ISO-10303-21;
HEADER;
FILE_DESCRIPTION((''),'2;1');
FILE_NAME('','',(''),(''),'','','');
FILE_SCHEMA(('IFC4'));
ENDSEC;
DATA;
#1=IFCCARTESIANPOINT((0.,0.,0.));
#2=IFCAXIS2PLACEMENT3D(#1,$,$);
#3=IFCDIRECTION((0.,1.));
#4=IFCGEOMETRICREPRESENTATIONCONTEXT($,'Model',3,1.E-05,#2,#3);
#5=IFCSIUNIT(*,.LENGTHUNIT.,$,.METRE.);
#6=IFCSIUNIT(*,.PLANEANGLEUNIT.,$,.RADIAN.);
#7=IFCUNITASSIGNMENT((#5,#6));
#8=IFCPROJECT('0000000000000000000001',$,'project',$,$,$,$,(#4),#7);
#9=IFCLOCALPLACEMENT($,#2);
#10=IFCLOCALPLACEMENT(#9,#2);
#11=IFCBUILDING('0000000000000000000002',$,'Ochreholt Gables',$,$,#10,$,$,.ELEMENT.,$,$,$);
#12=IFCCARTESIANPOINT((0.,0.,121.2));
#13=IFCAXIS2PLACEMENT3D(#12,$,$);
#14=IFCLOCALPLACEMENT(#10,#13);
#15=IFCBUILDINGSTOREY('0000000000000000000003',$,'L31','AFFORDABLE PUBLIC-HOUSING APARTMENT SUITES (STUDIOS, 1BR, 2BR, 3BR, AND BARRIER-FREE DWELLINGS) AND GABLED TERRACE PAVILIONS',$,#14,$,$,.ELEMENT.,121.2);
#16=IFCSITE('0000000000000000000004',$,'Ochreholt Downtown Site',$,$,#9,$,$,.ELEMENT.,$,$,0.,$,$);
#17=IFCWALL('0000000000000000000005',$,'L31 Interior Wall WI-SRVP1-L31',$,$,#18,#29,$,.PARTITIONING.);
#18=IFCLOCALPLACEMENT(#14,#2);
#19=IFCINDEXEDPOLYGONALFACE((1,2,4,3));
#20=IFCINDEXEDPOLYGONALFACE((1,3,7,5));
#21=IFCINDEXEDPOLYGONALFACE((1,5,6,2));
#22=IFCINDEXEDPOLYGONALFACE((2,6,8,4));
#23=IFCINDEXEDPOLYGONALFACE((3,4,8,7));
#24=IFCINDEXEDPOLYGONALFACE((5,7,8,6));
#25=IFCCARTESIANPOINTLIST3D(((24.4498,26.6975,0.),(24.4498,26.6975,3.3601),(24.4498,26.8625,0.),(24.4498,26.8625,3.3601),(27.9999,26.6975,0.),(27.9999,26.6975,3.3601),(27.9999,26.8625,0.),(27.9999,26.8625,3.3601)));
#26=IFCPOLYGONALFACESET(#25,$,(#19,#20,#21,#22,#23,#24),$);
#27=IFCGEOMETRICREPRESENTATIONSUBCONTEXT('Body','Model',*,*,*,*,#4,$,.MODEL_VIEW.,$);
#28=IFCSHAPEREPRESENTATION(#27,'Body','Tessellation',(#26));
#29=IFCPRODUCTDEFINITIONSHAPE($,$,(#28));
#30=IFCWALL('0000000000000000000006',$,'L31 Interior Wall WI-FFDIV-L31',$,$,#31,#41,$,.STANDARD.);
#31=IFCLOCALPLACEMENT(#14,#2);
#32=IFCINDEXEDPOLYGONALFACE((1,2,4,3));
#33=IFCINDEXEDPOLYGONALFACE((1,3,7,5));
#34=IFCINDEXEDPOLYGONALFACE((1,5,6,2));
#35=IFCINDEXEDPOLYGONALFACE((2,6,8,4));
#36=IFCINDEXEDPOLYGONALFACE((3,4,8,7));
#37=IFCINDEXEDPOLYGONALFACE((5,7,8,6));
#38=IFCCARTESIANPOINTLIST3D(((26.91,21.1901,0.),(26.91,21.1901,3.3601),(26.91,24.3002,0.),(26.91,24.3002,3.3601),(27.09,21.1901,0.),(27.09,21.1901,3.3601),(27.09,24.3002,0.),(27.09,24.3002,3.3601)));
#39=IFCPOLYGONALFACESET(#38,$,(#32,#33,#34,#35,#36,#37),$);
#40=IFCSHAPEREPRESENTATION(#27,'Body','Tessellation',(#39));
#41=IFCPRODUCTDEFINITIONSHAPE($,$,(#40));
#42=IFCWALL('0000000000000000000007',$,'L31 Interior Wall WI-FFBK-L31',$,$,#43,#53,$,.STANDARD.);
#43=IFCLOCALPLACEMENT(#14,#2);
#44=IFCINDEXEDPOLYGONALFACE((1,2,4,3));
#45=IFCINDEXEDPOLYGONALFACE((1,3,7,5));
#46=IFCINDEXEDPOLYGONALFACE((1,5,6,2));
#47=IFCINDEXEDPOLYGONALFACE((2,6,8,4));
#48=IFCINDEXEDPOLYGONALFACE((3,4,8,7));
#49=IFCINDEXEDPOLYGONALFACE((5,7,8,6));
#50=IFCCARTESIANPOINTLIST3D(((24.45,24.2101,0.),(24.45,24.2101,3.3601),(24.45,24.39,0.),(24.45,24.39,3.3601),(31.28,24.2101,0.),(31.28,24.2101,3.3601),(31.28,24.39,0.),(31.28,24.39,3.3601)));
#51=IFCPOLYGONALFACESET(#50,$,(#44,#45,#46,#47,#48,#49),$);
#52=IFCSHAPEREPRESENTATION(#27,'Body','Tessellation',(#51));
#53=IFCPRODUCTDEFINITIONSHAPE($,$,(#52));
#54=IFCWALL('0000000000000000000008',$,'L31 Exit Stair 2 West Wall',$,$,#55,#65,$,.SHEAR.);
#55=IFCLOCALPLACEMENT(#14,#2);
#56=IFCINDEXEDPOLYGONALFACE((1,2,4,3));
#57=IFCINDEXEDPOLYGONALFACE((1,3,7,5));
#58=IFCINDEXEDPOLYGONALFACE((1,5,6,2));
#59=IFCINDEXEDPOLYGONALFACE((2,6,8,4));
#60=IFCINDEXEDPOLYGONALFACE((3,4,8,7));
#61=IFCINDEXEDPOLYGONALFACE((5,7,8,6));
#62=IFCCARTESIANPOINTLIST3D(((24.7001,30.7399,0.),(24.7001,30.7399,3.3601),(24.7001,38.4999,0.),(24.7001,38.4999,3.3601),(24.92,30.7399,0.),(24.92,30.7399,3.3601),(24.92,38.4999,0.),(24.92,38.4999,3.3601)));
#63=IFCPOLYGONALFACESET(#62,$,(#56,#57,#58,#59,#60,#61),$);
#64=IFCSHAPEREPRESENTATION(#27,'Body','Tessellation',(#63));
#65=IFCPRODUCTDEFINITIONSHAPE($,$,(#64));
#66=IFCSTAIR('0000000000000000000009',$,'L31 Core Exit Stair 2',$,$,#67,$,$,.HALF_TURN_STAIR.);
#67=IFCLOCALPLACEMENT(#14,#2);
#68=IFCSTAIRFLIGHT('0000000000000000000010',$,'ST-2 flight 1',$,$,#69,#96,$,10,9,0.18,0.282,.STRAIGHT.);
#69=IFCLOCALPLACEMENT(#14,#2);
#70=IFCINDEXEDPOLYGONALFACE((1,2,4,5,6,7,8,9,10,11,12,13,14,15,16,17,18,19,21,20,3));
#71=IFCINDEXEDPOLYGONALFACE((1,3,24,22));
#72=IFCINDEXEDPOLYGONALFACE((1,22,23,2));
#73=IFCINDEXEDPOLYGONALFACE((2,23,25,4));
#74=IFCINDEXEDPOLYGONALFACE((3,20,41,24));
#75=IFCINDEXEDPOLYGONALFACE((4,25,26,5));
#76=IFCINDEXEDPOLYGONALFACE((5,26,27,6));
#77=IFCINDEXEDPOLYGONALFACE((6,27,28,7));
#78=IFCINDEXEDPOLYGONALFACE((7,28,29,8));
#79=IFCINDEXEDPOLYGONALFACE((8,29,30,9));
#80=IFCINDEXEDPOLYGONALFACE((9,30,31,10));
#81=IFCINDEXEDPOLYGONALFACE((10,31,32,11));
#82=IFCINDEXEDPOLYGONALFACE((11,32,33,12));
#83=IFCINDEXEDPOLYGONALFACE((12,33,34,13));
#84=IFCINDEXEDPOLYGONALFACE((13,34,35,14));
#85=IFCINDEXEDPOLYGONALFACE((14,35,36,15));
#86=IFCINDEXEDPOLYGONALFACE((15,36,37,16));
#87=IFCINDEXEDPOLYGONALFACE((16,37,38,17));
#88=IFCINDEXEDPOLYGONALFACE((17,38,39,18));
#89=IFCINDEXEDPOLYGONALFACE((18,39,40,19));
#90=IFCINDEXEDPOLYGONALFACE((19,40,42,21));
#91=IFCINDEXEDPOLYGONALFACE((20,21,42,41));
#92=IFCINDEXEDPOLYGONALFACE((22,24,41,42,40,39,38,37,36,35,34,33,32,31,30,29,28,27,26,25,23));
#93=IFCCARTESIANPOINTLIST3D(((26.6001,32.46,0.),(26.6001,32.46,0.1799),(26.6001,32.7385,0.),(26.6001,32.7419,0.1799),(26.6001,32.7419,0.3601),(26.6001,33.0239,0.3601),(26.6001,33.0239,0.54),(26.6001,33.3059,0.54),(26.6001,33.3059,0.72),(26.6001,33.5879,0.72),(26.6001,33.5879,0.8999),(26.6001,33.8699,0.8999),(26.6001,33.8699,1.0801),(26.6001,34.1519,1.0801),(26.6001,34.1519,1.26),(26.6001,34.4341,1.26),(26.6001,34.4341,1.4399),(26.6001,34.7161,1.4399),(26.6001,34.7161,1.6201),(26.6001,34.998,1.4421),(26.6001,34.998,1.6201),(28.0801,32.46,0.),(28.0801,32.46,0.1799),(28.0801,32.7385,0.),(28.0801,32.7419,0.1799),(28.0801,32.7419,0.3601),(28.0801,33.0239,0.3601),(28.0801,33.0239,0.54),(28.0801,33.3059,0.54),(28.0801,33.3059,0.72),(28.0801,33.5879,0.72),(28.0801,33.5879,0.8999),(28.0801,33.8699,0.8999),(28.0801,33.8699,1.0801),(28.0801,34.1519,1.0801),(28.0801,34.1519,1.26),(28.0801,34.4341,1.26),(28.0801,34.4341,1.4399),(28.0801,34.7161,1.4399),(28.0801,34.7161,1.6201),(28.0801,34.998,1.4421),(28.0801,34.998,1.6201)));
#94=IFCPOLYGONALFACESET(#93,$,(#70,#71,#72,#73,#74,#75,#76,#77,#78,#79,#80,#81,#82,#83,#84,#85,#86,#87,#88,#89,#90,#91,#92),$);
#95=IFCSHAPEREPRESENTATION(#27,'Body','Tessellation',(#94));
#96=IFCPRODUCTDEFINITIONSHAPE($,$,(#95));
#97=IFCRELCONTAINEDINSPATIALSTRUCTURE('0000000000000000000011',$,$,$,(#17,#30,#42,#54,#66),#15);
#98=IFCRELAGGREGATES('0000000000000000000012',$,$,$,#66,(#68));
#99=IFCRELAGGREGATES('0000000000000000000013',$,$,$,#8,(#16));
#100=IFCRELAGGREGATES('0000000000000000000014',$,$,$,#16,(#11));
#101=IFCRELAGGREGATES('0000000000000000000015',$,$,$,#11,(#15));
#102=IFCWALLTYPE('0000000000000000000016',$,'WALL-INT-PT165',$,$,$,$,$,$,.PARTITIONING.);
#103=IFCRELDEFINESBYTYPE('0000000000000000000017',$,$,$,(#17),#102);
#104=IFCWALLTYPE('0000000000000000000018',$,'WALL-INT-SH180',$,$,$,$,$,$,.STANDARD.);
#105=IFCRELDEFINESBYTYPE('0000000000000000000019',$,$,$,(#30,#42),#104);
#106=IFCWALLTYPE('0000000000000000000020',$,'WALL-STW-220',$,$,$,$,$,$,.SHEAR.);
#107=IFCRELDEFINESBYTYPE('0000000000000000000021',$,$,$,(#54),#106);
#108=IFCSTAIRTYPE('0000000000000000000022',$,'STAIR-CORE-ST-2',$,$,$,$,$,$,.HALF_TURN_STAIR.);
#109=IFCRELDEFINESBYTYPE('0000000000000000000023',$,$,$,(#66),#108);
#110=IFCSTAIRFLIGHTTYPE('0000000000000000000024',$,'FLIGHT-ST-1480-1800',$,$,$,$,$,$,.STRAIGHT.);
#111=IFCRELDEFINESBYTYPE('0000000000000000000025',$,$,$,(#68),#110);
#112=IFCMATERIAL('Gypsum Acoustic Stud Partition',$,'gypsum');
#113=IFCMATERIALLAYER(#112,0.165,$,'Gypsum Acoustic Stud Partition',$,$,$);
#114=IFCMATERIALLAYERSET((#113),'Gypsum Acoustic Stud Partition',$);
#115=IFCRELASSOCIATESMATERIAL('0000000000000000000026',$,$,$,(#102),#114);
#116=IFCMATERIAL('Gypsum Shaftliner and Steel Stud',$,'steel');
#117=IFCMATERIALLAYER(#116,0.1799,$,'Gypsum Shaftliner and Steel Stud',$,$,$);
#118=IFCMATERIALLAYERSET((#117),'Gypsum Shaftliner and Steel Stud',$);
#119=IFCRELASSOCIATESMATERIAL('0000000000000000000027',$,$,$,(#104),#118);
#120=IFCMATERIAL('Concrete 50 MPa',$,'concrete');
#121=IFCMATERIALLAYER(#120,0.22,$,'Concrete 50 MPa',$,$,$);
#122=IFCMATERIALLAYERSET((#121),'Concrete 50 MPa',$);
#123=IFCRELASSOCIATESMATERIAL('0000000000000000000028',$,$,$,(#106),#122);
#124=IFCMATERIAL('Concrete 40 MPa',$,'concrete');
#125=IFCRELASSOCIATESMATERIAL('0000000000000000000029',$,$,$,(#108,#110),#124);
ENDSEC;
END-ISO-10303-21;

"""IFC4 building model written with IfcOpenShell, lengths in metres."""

from ifc_helpers import new_model, si_unit, direction, frame, frame_2d, origin, place, context, subcontext, project, spatial, polyline, rectangle, outline, extrude, material, layer, layer_set, type_object, element, aggregate, save


model = new_model("IFC4")

# Units and contexts
model_context = context("Model", 3, precision=1e-05, world=origin(), true_north=direction((0.0, 1.0)))
body_context = subcontext(model_context, "Body", "Model", "MODEL_VIEW")
ifc_project = project(units=[si_unit("LENGTHUNIT", "METRE"), si_unit("PLANEANGLEUNIT", "RADIAN")], contexts=[model_context])

# Site, building, storey
site_placement = place(None, origin())
site = spatial("IfcSite", under=ifc_project, at=site_placement, Name="Ochreholt Downtown Site", CompositionType="ELEMENT", RefElevation=0.0)
building_placement = place(site_placement, origin())
building = spatial("IfcBuilding", under=site, at=building_placement, Name="Ochreholt Gables", CompositionType="ELEMENT")
storey_placement = place(building_placement, frame((0.0, 0.0, 121.2)))
storey = spatial("IfcBuildingStorey", under=building, at=storey_placement, Name="L31", Description="AFFORDABLE PUBLIC-HOUSING APARTMENT SUITES (STUDIOS, 1BR, 2BR, 3BR, AND BARRIER-FREE DWELLINGS) AND GABLED TERRACE PAVILIONS", CompositionType="ELEMENT", Elevation=121.2)

# Shared definitions
ifc_material_1 = material(Name="Concrete 40 MPa", Category="concrete")

# Walls
ifc_material_2 = material(Name="Gypsum Acoustic Stud Partition", Category="gypsum")
ifc_layer_1 = layer(ifc_material_2, 0.165, Name="Gypsum Acoustic Stud Partition")
ifc_layer_set_1 = layer_set([ifc_layer_1], Name="Gypsum Acoustic Stud Partition")
wall_type_1 = type_object("IfcWallType", Name="WALL-INT-PT165", PredefinedType="PARTITIONING", material=ifc_layer_set_1)
wall_1_placement = place(storey_placement, frame((24.45, 26.78, 0.0), z_axis=(0.0, 0.0, 1.0), x_axis=(1.0, 0.0, 0.0)))
element("IfcWall", 1, at=wall_1_placement, inside=storey, type_object=wall_type_1, Name="L31 Interior Wall WI-SRVP1-L31", PredefinedType="PARTITIONING", context=body_context, shape_type="SweptSolid", body=[
    extrude(rectangle(XDim=3.55, YDim=0.165, at=frame_2d((1.7749, 0.0))), origin(), (0.0, 0.0, 1.0), 3.3601),
])
ifc_material_3 = material(Name="Gypsum Shaftliner and Steel Stud", Category="steel")
ifc_layer_2 = layer(ifc_material_3, 0.1799, Name="Gypsum Shaftliner and Steel Stud")
ifc_layer_set_2 = layer_set([ifc_layer_2], Name="Gypsum Shaftliner and Steel Stud")
wall_type_2 = type_object("IfcWallType", Name="WALL-INT-SH180", PredefinedType="STANDARD", material=ifc_layer_set_2)
wall_2_placement = place(storey_placement, frame((27.0, 21.1899, 0.0), z_axis=(0.0, 0.0, 1.0), x_axis=(0.0, 1.0, 0.0)))
element("IfcWall", 2, at=wall_2_placement, inside=storey, type_object=wall_type_2, Name="L31 Interior Wall WI-FFDIV-L31", PredefinedType="STANDARD", context=body_context, shape_type="SweptSolid", body=[
    extrude(rectangle(XDim=3.1101, YDim=0.1799, at=frame_2d((1.5552, 0.0))), origin(), (0.0, 0.0, 1.0), 3.3601),
])
wall_3_placement = place(storey_placement, frame((24.45, 24.3, 0.0), z_axis=(0.0, 0.0, 1.0), x_axis=(1.0, 0.0, 0.0)))
element("IfcWall", 3, at=wall_3_placement, inside=storey, type_object=wall_type_2, Name="L31 Interior Wall WI-FFBK-L31", PredefinedType="STANDARD", context=body_context, shape_type="SweptSolid", body=[
    extrude(rectangle(XDim=6.8301, YDim=0.1799, at=frame_2d((3.415, 0.0))), origin(), (0.0, 0.0, 1.0), 3.3601),
])
ifc_material_4 = material(Name="Concrete 50 MPa", Category="concrete")
ifc_layer_3 = layer(ifc_material_4, 0.22, Name="Concrete 50 MPa")
ifc_layer_set_3 = layer_set([ifc_layer_3], Name="Concrete 50 MPa")
wall_type_3 = type_object("IfcWallType", Name="WALL-STW-220", PredefinedType="SHEAR", material=ifc_layer_set_3)
wall_4_placement = place(storey_placement, frame((24.8101, 30.74, 0.0), z_axis=(0.0, 0.0, 1.0), x_axis=(0.0, 1.0, 0.0)))
element("IfcWall", 4, at=wall_4_placement, inside=storey, type_object=wall_type_3, Name="L31 Exit Stair 2 West Wall", PredefinedType="SHEAR", context=body_context, shape_type="SweptSolid", body=[
    extrude(rectangle(XDim=7.76, YDim=0.22, at=frame_2d((3.8799, 0.0))), origin(), (0.0, 0.0, 1.0), 3.3601),
])

# Stair, stair flight
stair_type = type_object("IfcStairType", Name="STAIR-CORE-ST-2", PredefinedType="HALF_TURN_STAIR", material=ifc_material_1)
stair_placement = place(storey_placement, origin())
stair = element("IfcStair", 5, at=stair_placement, inside=storey, type_object=stair_type, Name="L31 Core Exit Stair 2", PredefinedType="HALF_TURN_STAIR")
stair_flight_type = type_object("IfcStairFlightType", Name="FLIGHT-ST-1480-1800", PredefinedType="STRAIGHT", material=ifc_material_1)
stair_flight_placement = place(storey_placement, frame((27.3401, 32.46, 0.0), z_axis=(0.0, 0.0, 1.0), x_axis=(0.0, 1.0, 0.0)))
stair_flight = element("IfcStairFlight", 6, at=stair_flight_placement, type_object=stair_flight_type, Name="ST-2 flight 1", NumberOfRisers=10, NumberOfTreads=9, PredefinedType="STRAIGHT", RiserHeight=0.18, TreadLength=0.282, context=body_context, shape_type="SweptSolid", body=[
    extrude(outline(polyline([(0.0, 0.0), (0.0, 0.1799), (0.282, 0.1799), (0.282, 0.3601), (0.564, 0.3601), (0.564, 0.54), (0.8459, 0.54), (0.8459, 0.72), (1.1279, 0.72), (1.1279, 0.8999), (1.4099, 0.8999), (1.4099, 1.0801), (1.6919, 1.0801), (1.6919, 1.26), (1.9741, 1.26), (1.9741, 1.4399), (2.2561, 1.4399), (2.2561, 1.6201), (2.5381, 1.6201), (2.5381, 1.8), (2.5381, 1.4421), (0.2786, 0.0), (0.0, 0.0)])), frame((0.0, 0.74, 0.0), z_axis=(0.0, -1.0, 0.0), x_axis=(1.0, 0.0, 0.0)), (0.0, 0.0, 1.0), 1.48),
])
aggregate(stair, [stair_flight])

save(model, "model.ifc")
